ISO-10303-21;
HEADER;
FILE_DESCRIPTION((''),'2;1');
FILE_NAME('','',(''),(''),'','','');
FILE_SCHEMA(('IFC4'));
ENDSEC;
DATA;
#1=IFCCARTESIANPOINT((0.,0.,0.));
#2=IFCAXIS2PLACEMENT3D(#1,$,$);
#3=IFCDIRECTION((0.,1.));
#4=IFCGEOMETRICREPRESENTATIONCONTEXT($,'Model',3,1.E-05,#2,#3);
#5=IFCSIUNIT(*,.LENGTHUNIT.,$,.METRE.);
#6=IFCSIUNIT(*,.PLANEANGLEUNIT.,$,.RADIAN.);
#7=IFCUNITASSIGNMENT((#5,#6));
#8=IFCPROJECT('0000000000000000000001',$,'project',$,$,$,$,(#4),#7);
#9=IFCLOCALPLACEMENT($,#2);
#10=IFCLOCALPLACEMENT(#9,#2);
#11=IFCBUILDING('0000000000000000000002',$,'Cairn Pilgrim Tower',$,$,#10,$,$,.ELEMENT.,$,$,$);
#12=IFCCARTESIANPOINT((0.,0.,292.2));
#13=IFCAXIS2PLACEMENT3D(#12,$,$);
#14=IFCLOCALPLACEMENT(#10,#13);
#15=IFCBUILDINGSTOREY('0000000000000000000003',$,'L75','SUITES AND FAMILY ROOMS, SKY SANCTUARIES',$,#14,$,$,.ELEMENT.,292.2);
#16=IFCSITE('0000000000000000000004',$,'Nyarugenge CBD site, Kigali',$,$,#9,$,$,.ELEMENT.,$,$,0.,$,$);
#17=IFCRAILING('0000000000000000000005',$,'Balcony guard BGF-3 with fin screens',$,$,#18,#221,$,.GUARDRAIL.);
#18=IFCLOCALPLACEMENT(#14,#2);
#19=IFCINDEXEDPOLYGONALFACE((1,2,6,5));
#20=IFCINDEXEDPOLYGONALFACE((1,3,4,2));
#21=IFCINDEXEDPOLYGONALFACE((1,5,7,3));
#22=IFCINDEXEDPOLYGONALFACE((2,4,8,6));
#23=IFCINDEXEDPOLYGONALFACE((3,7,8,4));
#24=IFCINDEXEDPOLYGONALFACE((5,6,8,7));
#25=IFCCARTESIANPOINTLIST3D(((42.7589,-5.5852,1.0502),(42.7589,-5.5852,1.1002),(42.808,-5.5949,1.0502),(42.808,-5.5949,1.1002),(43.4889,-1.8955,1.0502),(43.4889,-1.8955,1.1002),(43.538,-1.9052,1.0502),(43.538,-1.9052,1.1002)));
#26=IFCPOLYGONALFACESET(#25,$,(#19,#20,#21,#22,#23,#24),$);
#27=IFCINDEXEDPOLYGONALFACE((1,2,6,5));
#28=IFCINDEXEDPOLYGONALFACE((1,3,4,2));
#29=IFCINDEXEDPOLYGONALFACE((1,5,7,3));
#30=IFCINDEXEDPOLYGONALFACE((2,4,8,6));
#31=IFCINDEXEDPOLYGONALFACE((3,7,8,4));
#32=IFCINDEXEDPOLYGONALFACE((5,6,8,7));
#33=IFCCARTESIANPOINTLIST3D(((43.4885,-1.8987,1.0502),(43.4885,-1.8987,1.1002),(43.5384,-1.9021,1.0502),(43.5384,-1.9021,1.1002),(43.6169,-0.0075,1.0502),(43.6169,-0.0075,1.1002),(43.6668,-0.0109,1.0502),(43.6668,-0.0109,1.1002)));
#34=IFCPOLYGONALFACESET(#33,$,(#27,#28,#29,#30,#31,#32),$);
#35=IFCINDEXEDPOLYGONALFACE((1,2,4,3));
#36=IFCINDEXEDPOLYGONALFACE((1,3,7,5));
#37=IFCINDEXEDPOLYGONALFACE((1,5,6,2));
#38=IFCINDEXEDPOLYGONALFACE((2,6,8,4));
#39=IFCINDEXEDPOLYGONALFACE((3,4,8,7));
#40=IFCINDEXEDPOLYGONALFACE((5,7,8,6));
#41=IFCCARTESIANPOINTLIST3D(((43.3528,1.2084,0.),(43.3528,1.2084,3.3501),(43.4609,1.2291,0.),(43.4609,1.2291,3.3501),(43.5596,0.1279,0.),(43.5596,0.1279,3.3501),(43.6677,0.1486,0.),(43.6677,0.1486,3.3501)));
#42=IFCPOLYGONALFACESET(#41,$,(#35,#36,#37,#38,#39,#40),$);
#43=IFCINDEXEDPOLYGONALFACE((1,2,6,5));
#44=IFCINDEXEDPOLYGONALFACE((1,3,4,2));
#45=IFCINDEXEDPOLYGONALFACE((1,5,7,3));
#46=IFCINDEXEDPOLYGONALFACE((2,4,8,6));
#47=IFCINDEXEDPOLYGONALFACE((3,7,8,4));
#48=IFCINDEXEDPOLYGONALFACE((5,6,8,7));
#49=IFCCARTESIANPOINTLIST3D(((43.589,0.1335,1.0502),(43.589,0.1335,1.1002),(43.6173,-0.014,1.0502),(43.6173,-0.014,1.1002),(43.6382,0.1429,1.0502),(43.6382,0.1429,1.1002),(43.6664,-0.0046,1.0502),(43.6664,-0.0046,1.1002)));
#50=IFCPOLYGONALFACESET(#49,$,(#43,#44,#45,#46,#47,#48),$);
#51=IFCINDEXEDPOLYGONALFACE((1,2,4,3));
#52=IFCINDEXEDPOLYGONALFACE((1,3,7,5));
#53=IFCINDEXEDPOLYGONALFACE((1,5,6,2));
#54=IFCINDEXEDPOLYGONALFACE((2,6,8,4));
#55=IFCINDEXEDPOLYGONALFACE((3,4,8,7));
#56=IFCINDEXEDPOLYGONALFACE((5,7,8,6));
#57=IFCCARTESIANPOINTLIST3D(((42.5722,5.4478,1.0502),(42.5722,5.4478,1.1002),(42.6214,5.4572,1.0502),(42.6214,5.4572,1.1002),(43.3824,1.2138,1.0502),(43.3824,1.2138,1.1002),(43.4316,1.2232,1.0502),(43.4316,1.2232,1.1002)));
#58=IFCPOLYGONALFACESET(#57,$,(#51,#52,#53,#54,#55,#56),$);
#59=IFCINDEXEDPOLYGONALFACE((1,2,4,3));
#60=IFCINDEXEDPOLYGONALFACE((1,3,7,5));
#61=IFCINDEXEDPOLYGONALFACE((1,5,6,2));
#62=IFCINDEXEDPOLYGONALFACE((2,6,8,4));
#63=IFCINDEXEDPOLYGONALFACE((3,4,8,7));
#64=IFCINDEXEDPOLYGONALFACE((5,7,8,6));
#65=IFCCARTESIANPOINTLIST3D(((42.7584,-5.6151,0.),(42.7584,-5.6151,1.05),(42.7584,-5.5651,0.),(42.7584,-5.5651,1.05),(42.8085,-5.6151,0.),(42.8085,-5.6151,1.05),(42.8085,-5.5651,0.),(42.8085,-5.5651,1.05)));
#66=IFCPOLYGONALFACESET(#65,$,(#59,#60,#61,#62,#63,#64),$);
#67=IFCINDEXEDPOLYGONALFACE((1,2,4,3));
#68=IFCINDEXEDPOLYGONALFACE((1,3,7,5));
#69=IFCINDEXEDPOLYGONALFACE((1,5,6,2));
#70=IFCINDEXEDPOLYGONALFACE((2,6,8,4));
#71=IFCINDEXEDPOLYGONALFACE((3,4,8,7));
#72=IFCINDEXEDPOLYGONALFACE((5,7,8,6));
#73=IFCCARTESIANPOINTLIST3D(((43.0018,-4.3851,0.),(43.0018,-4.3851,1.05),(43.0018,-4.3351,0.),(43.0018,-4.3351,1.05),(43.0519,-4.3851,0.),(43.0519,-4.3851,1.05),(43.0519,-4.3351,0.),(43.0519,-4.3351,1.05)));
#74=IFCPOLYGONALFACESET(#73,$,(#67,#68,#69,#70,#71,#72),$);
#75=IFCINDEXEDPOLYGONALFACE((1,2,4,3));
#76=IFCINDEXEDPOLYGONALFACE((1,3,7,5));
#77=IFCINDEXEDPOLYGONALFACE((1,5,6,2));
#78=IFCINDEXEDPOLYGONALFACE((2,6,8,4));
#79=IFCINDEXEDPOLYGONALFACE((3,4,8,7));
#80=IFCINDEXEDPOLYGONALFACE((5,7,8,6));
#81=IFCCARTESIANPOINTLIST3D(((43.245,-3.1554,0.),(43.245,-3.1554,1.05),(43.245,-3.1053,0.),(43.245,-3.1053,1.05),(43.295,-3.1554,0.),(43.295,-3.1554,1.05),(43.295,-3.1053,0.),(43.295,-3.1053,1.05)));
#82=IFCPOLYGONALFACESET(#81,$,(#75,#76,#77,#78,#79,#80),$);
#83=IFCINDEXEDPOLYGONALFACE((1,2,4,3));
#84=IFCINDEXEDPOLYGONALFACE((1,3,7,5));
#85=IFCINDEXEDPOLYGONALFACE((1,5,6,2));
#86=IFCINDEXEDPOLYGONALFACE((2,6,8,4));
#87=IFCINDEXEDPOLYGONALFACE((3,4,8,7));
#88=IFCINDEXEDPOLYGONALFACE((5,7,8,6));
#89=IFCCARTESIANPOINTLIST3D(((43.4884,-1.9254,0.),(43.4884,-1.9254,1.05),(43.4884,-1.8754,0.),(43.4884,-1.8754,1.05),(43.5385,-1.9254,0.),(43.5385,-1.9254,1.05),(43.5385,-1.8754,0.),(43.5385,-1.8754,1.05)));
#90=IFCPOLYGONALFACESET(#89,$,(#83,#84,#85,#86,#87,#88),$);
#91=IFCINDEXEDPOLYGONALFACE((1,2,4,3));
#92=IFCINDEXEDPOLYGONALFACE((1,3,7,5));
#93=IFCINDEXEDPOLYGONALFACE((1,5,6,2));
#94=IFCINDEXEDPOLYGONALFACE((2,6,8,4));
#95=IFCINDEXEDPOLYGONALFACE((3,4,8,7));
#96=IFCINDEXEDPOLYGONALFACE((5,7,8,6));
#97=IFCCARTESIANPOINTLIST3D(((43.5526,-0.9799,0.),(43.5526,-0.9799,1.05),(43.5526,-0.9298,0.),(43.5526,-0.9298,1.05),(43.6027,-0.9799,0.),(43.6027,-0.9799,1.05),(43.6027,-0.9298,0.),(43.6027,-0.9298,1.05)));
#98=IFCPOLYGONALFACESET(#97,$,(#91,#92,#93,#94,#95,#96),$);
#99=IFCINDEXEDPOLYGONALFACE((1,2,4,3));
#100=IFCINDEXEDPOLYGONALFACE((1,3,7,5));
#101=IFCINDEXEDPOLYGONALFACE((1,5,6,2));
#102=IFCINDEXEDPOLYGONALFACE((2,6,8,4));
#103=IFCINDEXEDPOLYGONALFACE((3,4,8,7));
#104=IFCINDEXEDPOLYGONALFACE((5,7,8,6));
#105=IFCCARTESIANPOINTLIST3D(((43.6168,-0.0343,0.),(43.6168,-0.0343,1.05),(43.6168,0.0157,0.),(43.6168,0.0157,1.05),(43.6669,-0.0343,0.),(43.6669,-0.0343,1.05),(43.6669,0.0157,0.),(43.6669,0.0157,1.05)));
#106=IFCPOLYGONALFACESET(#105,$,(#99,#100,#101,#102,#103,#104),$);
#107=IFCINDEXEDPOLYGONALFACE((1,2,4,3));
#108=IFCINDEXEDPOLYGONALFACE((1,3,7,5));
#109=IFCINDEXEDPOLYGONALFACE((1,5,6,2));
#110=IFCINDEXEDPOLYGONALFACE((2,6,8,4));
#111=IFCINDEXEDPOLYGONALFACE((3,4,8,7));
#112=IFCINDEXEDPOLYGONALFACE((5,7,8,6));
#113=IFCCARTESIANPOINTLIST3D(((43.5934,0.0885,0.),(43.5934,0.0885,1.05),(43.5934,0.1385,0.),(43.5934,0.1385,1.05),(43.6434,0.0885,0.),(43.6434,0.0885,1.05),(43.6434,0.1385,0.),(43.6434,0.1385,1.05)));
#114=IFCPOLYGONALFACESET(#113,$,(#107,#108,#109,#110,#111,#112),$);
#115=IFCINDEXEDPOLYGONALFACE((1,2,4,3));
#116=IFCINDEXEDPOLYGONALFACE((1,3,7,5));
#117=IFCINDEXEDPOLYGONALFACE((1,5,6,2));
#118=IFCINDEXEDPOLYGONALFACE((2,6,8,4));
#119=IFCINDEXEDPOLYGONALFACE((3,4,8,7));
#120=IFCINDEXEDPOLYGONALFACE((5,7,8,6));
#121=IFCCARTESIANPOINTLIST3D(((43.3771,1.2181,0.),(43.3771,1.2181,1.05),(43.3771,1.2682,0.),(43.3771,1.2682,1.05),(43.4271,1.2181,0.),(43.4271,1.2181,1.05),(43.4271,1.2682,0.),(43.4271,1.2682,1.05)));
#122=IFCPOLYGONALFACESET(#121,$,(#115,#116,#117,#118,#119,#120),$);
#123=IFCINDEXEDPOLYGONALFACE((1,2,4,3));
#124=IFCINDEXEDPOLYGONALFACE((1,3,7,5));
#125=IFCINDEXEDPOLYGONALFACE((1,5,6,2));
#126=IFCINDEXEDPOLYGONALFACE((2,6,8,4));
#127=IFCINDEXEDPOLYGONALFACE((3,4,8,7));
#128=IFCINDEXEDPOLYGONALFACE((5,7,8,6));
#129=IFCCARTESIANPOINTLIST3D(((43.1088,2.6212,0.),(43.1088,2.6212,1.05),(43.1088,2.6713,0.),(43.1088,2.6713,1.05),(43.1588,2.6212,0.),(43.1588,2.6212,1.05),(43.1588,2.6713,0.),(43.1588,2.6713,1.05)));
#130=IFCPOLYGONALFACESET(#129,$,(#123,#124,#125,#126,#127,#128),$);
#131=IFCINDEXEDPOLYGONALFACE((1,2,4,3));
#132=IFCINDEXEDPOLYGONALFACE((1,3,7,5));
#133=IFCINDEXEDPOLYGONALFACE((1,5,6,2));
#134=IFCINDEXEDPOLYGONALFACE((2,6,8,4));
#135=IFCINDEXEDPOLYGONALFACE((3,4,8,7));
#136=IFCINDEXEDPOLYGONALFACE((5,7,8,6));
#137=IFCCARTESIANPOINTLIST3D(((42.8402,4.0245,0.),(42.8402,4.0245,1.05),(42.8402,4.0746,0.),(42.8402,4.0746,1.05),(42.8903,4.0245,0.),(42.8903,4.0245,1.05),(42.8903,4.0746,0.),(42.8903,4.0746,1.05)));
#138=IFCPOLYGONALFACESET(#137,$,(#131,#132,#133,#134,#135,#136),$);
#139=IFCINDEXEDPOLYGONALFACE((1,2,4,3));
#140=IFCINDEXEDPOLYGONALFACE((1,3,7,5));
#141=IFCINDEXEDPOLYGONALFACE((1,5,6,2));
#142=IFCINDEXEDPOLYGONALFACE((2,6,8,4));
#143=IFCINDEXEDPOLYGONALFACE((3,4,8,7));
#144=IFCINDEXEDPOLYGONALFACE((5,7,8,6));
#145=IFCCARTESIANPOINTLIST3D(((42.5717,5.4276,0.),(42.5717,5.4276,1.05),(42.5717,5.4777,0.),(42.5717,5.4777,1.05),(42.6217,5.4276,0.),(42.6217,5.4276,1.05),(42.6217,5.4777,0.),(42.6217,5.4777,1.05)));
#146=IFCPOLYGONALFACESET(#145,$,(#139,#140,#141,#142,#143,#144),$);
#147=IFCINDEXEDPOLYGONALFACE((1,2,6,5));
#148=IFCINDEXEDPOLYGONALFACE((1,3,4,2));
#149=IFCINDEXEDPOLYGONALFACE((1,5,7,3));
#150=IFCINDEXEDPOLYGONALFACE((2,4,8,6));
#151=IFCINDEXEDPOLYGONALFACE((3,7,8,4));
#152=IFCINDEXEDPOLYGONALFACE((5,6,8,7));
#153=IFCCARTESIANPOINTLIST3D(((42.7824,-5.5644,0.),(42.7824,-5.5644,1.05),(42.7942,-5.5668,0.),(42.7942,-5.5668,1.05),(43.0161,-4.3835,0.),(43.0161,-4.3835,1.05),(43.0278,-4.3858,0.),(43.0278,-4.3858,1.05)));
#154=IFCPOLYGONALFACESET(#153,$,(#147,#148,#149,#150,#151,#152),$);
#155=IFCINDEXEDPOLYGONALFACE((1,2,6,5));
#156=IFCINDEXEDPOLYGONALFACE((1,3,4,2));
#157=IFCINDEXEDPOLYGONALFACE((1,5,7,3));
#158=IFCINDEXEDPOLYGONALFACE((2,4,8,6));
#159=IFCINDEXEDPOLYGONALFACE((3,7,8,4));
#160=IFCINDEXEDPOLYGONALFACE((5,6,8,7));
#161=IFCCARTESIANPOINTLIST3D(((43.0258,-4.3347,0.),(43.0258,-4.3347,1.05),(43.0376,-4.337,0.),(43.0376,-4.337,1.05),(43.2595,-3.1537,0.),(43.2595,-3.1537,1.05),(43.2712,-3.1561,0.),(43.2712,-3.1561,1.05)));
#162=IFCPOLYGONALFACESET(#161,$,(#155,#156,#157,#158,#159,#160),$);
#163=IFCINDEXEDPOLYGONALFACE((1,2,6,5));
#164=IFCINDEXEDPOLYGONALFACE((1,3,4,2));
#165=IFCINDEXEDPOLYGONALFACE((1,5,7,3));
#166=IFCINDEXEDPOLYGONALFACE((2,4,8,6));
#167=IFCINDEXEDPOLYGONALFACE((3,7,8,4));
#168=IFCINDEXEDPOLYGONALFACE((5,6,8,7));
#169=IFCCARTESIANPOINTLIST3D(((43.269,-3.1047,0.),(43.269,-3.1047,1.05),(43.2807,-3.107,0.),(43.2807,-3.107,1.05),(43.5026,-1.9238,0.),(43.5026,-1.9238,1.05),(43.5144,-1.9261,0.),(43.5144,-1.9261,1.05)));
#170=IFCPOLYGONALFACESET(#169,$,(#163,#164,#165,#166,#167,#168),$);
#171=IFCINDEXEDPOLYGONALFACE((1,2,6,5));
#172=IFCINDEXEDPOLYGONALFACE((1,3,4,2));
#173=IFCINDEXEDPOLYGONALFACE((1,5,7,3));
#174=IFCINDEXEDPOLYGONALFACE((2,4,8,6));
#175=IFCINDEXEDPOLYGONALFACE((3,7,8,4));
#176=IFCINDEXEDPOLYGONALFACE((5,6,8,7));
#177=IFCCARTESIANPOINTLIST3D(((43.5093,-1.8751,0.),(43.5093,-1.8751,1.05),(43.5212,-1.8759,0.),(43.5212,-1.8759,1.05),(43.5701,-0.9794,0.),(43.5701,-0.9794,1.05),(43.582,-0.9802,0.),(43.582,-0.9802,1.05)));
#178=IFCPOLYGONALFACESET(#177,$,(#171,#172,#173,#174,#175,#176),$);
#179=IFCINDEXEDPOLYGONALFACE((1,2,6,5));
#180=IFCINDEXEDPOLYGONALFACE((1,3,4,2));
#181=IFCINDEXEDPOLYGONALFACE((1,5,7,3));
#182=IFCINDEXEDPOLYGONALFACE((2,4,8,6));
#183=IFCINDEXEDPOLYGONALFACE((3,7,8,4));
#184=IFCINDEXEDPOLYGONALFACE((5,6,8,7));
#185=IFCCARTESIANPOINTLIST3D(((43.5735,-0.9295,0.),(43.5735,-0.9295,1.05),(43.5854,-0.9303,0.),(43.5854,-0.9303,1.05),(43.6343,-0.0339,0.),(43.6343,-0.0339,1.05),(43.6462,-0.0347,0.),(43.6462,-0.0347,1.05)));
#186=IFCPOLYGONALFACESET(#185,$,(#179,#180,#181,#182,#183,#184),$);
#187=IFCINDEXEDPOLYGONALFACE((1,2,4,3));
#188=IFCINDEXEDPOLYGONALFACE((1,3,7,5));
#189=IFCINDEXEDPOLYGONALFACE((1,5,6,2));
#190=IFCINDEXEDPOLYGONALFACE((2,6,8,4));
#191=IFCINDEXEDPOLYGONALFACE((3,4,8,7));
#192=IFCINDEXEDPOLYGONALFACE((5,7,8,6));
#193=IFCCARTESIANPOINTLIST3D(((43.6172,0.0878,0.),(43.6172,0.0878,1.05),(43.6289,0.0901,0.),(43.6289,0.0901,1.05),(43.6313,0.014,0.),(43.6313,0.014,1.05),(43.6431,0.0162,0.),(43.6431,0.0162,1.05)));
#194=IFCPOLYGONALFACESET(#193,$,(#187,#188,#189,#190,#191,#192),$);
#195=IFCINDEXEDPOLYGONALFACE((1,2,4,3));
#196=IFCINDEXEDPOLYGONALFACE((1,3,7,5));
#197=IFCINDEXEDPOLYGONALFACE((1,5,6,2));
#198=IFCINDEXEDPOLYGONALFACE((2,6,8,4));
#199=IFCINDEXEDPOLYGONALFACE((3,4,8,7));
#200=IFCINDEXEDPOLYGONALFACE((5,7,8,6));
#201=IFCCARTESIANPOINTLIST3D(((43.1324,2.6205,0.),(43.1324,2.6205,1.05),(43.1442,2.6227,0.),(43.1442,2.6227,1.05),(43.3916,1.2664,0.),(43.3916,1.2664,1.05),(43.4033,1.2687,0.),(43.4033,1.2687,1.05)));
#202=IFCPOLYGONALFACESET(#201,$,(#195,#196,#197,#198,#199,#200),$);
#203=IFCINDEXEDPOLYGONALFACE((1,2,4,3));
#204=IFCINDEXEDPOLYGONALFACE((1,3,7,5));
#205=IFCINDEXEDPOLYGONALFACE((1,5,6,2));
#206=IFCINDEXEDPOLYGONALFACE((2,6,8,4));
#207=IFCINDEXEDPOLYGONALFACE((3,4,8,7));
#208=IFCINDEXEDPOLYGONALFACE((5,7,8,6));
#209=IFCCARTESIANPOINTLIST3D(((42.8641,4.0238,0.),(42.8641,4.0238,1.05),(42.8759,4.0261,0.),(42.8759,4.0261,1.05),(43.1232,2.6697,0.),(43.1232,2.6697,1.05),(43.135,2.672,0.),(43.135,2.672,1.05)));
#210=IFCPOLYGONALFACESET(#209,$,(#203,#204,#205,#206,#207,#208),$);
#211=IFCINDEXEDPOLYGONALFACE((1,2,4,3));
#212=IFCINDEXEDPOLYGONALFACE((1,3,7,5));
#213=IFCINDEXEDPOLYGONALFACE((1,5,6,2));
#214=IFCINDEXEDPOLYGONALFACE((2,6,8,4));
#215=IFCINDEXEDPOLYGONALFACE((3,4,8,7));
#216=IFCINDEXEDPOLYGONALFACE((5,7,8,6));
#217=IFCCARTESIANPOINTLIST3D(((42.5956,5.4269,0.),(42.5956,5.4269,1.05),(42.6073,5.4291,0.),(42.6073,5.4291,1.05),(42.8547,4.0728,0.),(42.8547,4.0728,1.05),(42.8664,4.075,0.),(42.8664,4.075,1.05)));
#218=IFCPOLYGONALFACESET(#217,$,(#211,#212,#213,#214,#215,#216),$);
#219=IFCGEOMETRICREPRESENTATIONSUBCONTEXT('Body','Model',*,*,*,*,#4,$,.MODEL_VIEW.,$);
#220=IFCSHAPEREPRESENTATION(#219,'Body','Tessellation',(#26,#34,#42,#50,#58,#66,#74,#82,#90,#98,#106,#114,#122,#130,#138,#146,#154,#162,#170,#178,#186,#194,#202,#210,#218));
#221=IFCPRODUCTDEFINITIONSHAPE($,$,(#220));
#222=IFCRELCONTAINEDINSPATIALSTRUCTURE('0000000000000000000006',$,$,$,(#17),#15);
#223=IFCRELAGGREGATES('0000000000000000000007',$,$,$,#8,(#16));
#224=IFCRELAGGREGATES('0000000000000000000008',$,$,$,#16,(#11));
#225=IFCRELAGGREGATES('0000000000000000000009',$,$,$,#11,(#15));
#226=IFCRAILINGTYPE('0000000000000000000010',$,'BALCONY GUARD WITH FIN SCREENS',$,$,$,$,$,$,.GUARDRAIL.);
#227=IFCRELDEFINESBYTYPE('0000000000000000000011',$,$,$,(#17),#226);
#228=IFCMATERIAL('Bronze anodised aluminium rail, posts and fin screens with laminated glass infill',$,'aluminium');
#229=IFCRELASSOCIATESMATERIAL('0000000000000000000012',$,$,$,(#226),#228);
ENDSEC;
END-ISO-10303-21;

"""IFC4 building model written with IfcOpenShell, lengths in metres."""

from ifc_helpers import new_model, si_unit, direction, frame, origin, origin_2d, place, context, subcontext, project, spatial, polyline, rectangle, outline, extrude, material, type_object, element, save


model = new_model("IFC4")

# Units and contexts
model_context = context("Model", 3, precision=1e-05, world=origin(), true_north=direction((0.0, 1.0)))
body_context = subcontext(model_context, "Body", "Model", "MODEL_VIEW")
ifc_project = project(units=[si_unit("LENGTHUNIT", "METRE"), si_unit("PLANEANGLEUNIT", "RADIAN")], contexts=[model_context])

# Site, building, storey
site_placement = place(None, origin())
site = spatial("IfcSite", under=ifc_project, at=site_placement, Name="Nyarugenge CBD site, Kigali", CompositionType="ELEMENT", RefElevation=0.0)
building_placement = place(site_placement, origin())
building = spatial("IfcBuilding", under=site, at=building_placement, Name="Cairn Pilgrim Tower", CompositionType="ELEMENT")
storey_placement = place(building_placement, frame((0.0, 0.0, 292.2)))
storey = spatial("IfcBuildingStorey", under=building, at=storey_placement, Name="L75", Description="SUITES AND FAMILY ROOMS, SKY SANCTUARIES", CompositionType="ELEMENT", Elevation=292.2)

# Railing
ifc_material_1 = material(Name="Bronze anodised aluminium rail, posts and fin screens with laminated glass infill", Category="aluminium")
railing_type = type_object("IfcRailingType", Name="BALCONY GUARD WITH FIN SCREENS", PredefinedType="GUARDRAIL", material=ifc_material_1)
railing_placement = place(storey_placement, frame((42.7834, -5.5901, 0.0)))
element("IfcRailing", 1, at=railing_placement, inside=storey, type_object=railing_type, Name="Balcony guard BGF-3 with fin screens", PredefinedType="GUARDRAIL", context=body_context, shape_type="SweptSolid", body=[
    extrude(rectangle(XDim=0.05, YDim=0.05, at=origin_2d()), frame((0.0, 0.0, 1.0752), z_axis=(0.194081, 0.980986, 0.0), x_axis=(-0.980986, 0.194081, 0.0)), (0.0, 0.0, 1.0), 3.7612),
    extrude(rectangle(XDim=0.05, YDim=0.05, at=origin_2d()), frame((0.73, 3.6897, 1.0752), z_axis=(0.06775, 0.997702, 0.0), x_axis=(-0.997702, 0.06775, 0.0)), (0.0, 0.0, 1.0), 1.8955),
    extrude(rectangle(XDim=1.1001, YDim=0.1101, at=origin_2d()), frame((0.7268, 6.2686, 0.0), z_axis=(0.0, 0.0, 1.0), x_axis=(-0.187945, 0.98218, 0.0)), (0.0, 0.0, 1.0), 3.3501),
    extrude(rectangle(XDim=0.05, YDim=0.05, at=origin_2d()), frame((0.8584, 5.5808, 1.0752), z_axis=(-0.187945, 0.98218, 0.0), x_axis=(-0.98218, -0.187945, 0.0)), (0.0, 0.0, 1.0), 0.1501),
    extrude(rectangle(XDim=0.05, YDim=0.05, at=origin_2d()), frame((0.6235, 6.8086, 1.0752), z_axis=(-0.187945, 0.98218, 0.0), x_axis=(-0.98218, -0.187945, 0.0)), (0.0, 0.0, 1.0), 4.3108),
    extrude(rectangle(XDim=0.05, YDim=0.05, at=origin_2d()), origin(), (0.0, 0.0, 1.0), 1.05),
    extrude(rectangle(XDim=0.05, YDim=0.05, at=origin_2d()), frame((0.2434, 1.23, 0.0)), (0.0, 0.0, 1.0), 1.05),
    extrude(rectangle(XDim=0.05, YDim=0.05, at=origin_2d()), frame((0.4866, 2.4597, 0.0)), (0.0, 0.0, 1.0), 1.05),
    extrude(rectangle(XDim=0.05, YDim=0.05, at=origin_2d()), frame((0.73, 3.6897, 0.0)), (0.0, 0.0, 1.0), 1.05),
    extrude(rectangle(XDim=0.05, YDim=0.05, at=origin_2d()), frame((0.7942, 4.6353, 0.0)), (0.0, 0.0, 1.0), 1.05),
    extrude(rectangle(XDim=0.05, YDim=0.05, at=origin_2d()), frame((0.8584, 5.5808, 0.0)), (0.0, 0.0, 1.0), 1.05),
    extrude(rectangle(XDim=0.05, YDim=0.05, at=origin_2d()), frame((0.835, 5.7036, 0.0)), (0.0, 0.0, 1.0), 1.05),
    extrude(rectangle(XDim=0.05, YDim=0.05, at=origin_2d()), frame((0.6187, 6.8333, 0.0)), (0.0, 0.0, 1.0), 1.05),
    extrude(rectangle(XDim=0.05, YDim=0.05, at=origin_2d()), frame((0.3503, 8.2363, 0.0)), (0.0, 0.0, 1.0), 1.05),
    extrude(rectangle(XDim=0.05, YDim=0.05, at=origin_2d()), frame((0.0818, 9.6396, 0.0)), (0.0, 0.0, 1.0), 1.05),
    extrude(rectangle(XDim=0.05, YDim=0.05, at=origin_2d()), frame((-0.1868, 11.0427, 0.0)), (0.0, 0.0, 1.0), 1.05),
    extrude(outline(polyline([(0.0249, 0.0), (1.2288, 0.0), (1.2288, 1.05), (0.0249, 1.05), (0.0249, 0.0)])), frame((-0.0059, 0.0012, 0.0), z_axis=(0.980986, -0.194081, 0.0), x_axis=(0.194081, 0.980986, 0.0)), (0.0, 0.0, 1.0), 0.012),
    extrude(outline(polyline([(0.0249, 0.0), (1.2288, 0.0), (1.2288, 1.05), (0.0249, 1.05), (0.0249, 0.0)])), frame((0.2375, 1.231, 0.0), z_axis=(0.980986, -0.194081, 0.0), x_axis=(0.194081, 0.980986, 0.0)), (0.0, 0.0, 1.0), 0.012),
    extrude(outline(polyline([(0.0249, 0.0), (1.2288, 0.0), (1.2288, 1.05), (0.0249, 1.05), (0.0249, 0.0)])), frame((0.4807, 2.4609, 0.0), z_axis=(0.980986, -0.194081, 0.0), x_axis=(0.194081, 0.980986, 0.0)), (0.0, 0.0, 1.0), 0.012),
    extrude(outline(polyline([(0.0249, 0.0), (0.9226, 0.0), (0.9226, 1.05), (0.0249, 1.05), (0.0249, 0.0)])), frame((0.7241, 3.6902, 0.0), z_axis=(0.997702, -0.06775, 0.0), x_axis=(0.06775, 0.997702, 0.0)), (0.0, 0.0, 1.0), 0.012),
    extrude(outline(polyline([(0.0249, 0.0), (0.9226, 0.0), (0.9226, 1.05), (0.0249, 1.05), (0.0249, 0.0)])), frame((0.7883, 4.6357, 0.0), z_axis=(0.997702, -0.06775, 0.0), x_axis=(0.06775, 0.997702, 0.0)), (0.0, 0.0, 1.0), 0.012),
    extrude(outline(polyline([(0.0249, 0.0), (0.1001, 0.0), (0.1001, 1.05), (0.0249, 1.05), (0.0249, 0.0)])), frame((0.8525, 5.5796, 0.0), z_axis=(0.98218, 0.187945, 0.0), x_axis=(-0.187945, 0.98218, 0.0)), (0.0, 0.0, 1.0), 0.012),
    extrude(outline(polyline([(0.0249, 0.0), (1.4036, 0.0), (1.4036, 1.05), (0.0249, 1.05), (0.0249, 0.0)])), frame((0.6128, 6.832, 0.0), z_axis=(0.98218, 0.187945, 0.0), x_axis=(-0.187945, 0.98218, 0.0)), (0.0, 0.0, 1.0), 0.012),
    extrude(outline(polyline([(0.0249, 0.0), (1.4036, 0.0), (1.4036, 1.05), (0.0249, 1.05), (0.0249, 0.0)])), frame((0.3445, 8.2354, 0.0), z_axis=(0.98218, 0.187945, 0.0), x_axis=(-0.187945, 0.98218, 0.0)), (0.0, 0.0, 1.0), 0.012),
    extrude(outline(polyline([(0.0249, 0.0), (1.4036, 0.0), (1.4036, 1.05), (0.0249, 1.05), (0.0249, 0.0)])), frame((0.0759, 9.6384, 0.0), z_axis=(0.98218, 0.187945, 0.0), x_axis=(-0.187945, 0.98218, 0.0)), (0.0, 0.0, 1.0), 0.012),
])

save(model, "model.ifc")
